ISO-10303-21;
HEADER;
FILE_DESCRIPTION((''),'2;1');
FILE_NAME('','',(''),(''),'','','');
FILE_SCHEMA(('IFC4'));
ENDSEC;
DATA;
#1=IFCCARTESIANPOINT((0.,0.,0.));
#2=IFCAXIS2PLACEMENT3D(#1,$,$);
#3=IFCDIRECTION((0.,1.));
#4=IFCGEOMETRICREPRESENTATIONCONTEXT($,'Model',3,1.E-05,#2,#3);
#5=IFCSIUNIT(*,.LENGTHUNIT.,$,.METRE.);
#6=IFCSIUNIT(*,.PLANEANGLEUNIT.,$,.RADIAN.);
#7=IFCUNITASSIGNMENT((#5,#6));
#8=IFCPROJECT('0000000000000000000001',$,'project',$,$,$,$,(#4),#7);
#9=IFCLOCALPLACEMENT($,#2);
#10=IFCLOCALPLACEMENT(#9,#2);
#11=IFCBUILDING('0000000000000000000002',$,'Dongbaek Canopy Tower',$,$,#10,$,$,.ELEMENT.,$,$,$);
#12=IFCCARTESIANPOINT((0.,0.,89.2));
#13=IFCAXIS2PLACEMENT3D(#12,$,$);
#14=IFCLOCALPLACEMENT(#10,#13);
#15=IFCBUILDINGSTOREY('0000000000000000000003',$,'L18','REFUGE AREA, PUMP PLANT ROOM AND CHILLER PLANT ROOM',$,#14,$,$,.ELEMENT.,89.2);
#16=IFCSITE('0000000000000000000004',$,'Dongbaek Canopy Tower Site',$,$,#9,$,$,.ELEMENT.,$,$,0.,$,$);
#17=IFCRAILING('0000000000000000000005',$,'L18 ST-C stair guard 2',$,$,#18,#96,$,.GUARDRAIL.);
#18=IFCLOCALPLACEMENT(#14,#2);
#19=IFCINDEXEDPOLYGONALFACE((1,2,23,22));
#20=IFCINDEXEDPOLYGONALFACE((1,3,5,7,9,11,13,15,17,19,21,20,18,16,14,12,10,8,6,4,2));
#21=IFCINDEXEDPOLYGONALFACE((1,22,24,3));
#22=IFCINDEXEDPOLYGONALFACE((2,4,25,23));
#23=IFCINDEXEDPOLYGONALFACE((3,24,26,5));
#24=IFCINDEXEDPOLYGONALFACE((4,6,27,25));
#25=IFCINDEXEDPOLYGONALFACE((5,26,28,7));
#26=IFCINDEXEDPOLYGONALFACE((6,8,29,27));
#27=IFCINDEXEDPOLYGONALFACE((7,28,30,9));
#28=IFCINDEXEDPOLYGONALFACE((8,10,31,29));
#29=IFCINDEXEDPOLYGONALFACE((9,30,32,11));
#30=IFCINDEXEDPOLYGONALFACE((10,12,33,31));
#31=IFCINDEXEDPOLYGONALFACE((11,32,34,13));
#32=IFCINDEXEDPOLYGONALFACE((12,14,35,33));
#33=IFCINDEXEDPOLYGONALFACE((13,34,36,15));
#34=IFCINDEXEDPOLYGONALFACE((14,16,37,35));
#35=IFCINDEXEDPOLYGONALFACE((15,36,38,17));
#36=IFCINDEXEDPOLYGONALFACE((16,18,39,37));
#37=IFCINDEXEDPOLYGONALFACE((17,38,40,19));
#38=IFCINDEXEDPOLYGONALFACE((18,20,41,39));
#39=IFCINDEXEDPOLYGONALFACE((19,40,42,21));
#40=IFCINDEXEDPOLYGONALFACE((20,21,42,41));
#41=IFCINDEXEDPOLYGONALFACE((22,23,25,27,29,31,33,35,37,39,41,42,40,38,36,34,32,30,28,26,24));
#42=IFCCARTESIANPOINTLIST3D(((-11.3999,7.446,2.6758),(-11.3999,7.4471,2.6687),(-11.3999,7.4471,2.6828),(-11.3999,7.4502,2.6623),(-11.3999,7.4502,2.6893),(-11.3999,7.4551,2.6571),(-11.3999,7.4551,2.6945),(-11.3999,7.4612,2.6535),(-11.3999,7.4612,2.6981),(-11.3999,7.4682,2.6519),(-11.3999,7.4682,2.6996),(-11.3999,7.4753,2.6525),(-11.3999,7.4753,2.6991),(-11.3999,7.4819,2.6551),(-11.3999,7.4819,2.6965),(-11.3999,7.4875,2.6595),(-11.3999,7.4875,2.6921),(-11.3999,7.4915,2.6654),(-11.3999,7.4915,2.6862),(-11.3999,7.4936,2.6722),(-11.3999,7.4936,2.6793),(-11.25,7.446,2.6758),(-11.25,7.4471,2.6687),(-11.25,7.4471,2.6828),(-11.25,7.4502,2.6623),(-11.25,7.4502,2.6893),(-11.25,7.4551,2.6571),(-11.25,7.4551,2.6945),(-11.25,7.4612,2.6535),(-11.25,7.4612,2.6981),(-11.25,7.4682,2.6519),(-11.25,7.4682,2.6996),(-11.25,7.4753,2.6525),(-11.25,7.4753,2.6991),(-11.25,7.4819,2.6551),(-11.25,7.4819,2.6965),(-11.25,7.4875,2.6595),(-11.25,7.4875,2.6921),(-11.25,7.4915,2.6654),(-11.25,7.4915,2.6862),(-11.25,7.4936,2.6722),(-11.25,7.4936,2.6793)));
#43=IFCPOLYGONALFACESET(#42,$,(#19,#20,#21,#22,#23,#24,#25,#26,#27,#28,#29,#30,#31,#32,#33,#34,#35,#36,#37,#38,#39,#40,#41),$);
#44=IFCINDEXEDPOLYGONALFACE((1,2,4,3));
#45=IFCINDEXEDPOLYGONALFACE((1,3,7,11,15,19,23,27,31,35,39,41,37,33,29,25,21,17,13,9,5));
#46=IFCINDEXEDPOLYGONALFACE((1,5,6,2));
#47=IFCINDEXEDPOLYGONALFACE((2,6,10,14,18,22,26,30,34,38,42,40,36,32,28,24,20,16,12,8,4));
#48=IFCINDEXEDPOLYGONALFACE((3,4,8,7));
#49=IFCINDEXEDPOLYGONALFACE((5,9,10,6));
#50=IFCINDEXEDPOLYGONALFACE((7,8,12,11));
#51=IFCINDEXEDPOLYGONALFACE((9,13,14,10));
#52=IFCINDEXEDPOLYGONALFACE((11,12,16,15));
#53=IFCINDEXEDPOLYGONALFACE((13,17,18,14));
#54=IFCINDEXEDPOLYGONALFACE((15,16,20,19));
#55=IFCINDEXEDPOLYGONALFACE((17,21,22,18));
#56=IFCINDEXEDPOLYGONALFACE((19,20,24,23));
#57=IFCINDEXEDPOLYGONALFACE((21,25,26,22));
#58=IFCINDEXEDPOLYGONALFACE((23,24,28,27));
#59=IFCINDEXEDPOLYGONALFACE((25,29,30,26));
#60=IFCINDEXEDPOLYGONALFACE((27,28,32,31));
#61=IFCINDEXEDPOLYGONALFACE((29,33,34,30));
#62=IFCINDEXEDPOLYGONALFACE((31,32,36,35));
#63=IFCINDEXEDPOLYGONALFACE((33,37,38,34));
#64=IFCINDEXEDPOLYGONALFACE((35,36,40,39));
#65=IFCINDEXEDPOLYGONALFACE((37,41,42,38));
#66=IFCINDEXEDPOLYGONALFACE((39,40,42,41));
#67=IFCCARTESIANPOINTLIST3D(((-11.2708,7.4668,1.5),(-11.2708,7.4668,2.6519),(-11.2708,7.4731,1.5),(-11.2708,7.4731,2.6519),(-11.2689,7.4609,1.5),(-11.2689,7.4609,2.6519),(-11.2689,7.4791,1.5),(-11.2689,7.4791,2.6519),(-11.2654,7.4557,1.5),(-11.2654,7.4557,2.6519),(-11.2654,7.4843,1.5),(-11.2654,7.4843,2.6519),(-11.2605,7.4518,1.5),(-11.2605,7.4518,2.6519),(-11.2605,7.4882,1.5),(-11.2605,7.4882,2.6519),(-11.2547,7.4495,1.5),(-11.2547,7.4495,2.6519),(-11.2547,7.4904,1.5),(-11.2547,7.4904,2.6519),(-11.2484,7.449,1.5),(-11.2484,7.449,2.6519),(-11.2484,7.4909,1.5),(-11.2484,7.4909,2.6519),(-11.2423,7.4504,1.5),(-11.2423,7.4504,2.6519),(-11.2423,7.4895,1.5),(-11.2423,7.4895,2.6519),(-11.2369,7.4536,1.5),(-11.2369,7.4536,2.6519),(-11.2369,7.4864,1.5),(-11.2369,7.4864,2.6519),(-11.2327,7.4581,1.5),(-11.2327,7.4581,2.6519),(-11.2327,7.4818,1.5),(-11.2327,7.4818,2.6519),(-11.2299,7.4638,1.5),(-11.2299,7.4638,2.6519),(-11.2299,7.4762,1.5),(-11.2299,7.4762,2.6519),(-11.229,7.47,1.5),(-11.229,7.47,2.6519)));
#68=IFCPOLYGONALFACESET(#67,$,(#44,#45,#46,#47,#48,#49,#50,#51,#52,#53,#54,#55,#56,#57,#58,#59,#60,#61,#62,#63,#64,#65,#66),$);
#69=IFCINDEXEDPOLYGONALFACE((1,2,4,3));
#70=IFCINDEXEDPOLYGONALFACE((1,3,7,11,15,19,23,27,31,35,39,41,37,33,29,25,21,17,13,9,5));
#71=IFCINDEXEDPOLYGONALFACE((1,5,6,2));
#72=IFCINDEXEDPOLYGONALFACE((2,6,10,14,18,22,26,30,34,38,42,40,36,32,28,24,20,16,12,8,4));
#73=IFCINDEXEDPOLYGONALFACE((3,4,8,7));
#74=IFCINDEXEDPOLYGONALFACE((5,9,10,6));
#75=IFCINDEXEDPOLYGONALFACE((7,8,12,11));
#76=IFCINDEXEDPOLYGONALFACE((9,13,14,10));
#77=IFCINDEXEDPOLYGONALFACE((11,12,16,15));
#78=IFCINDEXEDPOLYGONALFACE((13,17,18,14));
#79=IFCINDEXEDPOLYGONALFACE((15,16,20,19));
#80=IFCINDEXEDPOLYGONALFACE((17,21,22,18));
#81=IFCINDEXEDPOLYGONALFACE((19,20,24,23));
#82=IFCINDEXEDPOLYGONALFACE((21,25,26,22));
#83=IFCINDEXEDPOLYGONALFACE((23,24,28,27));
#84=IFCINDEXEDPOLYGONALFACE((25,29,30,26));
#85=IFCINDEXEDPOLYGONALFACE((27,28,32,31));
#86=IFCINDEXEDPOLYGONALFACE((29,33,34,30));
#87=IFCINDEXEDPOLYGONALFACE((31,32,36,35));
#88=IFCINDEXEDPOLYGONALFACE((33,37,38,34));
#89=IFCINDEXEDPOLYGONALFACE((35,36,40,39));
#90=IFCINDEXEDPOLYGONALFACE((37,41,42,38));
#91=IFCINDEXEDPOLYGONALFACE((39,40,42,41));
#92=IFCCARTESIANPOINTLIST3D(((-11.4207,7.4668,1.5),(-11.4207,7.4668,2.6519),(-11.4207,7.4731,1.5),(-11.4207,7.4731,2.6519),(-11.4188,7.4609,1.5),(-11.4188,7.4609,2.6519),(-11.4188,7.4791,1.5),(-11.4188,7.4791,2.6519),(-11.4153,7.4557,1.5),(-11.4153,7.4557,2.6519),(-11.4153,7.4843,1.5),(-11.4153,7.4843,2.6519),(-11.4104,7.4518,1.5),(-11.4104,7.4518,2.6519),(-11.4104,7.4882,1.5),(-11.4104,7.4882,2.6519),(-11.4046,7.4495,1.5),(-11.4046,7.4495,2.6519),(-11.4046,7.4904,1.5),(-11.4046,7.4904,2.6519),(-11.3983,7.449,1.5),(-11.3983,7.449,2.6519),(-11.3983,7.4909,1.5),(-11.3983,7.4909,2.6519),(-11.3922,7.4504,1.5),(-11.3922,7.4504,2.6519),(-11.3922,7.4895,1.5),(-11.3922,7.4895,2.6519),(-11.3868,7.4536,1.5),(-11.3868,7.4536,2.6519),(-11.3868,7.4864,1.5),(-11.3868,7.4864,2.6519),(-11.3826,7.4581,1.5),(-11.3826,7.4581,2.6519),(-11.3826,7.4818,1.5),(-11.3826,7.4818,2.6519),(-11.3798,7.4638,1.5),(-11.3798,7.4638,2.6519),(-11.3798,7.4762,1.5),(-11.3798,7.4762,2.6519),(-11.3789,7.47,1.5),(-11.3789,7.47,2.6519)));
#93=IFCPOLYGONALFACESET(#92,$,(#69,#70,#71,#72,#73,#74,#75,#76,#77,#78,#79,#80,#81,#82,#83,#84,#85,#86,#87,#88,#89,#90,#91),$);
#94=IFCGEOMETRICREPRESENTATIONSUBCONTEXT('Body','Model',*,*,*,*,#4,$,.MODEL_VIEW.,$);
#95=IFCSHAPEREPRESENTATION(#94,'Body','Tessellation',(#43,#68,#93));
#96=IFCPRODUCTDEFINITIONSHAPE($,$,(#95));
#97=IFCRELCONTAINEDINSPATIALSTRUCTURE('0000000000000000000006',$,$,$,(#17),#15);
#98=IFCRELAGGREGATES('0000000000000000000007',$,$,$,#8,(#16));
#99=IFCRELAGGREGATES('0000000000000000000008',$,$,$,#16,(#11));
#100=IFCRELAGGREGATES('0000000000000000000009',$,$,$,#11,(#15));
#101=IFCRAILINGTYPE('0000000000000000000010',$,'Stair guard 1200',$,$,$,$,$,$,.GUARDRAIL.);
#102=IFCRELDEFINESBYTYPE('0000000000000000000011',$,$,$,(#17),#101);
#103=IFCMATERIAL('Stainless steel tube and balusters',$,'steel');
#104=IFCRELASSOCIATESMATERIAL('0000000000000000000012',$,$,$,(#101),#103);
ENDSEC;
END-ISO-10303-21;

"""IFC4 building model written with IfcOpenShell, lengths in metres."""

from ifc_helpers import new_model, si_unit, direction, frame, origin, origin_2d, place, context, subcontext, project, spatial, circle, extrude, material, type_object, element, save


model = new_model("IFC4")

# Units and contexts
model_context = context("Model", 3, precision=1e-05, world=origin(), true_north=direction((0.0, 1.0)))
body_context = subcontext(model_context, "Body", "Model", "MODEL_VIEW")
ifc_project = project(units=[si_unit("LENGTHUNIT", "METRE"), si_unit("PLANEANGLEUNIT", "RADIAN")], contexts=[model_context])

# Site, building, storey
site_placement = place(None, origin())
site = spatial("IfcSite", under=ifc_project, at=site_placement, Name="Dongbaek Canopy Tower Site", CompositionType="ELEMENT", RefElevation=0.0)
building_placement = place(site_placement, origin())
building = spatial("IfcBuilding", under=site, at=building_placement, Name="Dongbaek Canopy Tower", CompositionType="ELEMENT")
storey_placement = place(building_placement, frame((0.0, 0.0, 89.2)))
storey = spatial("IfcBuildingStorey", under=building, at=storey_placement, Name="L18", Description="REFUGE AREA, PUMP PLANT ROOM AND CHILLER PLANT ROOM", CompositionType="ELEMENT", Elevation=89.2)

# Railing
ifc_material_1 = material(Name="Stainless steel tube and balusters", Category="steel")
railing_type = type_object("IfcRailingType", Name="Stair guard 1200", PredefinedType="GUARDRAIL", material=ifc_material_1)
railing_1_placement = place(storey_placement, frame((-11.25, 7.47, 1.5)))
element("IfcRailing", 1, at=railing_1_placement, inside=storey, type_object=railing_type, Name="L18 ST-C stair guard 2", PredefinedType="GUARDRAIL", context=body_context, shape_type="SweptSolid", body=[
    extrude(circle(Radius=0.0239, at=origin_2d()), frame((0.0, 0.0, 1.1758), z_axis=(-1.0, 0.0, 0.0), x_axis=(0.0, -1.0, 0.0)), (0.0, 0.0, 1.0), 0.1499),
    extrude(circle(Radius=0.021, at=origin_2d()), origin(), (0.0, 0.0, 1.0), 1.1519),
    extrude(circle(Radius=0.021, at=origin_2d()), frame((-0.1499, 0.0, 0.0)), (0.0, 0.0, 1.0), 1.1519),
])

save(model, "model.ifc")
